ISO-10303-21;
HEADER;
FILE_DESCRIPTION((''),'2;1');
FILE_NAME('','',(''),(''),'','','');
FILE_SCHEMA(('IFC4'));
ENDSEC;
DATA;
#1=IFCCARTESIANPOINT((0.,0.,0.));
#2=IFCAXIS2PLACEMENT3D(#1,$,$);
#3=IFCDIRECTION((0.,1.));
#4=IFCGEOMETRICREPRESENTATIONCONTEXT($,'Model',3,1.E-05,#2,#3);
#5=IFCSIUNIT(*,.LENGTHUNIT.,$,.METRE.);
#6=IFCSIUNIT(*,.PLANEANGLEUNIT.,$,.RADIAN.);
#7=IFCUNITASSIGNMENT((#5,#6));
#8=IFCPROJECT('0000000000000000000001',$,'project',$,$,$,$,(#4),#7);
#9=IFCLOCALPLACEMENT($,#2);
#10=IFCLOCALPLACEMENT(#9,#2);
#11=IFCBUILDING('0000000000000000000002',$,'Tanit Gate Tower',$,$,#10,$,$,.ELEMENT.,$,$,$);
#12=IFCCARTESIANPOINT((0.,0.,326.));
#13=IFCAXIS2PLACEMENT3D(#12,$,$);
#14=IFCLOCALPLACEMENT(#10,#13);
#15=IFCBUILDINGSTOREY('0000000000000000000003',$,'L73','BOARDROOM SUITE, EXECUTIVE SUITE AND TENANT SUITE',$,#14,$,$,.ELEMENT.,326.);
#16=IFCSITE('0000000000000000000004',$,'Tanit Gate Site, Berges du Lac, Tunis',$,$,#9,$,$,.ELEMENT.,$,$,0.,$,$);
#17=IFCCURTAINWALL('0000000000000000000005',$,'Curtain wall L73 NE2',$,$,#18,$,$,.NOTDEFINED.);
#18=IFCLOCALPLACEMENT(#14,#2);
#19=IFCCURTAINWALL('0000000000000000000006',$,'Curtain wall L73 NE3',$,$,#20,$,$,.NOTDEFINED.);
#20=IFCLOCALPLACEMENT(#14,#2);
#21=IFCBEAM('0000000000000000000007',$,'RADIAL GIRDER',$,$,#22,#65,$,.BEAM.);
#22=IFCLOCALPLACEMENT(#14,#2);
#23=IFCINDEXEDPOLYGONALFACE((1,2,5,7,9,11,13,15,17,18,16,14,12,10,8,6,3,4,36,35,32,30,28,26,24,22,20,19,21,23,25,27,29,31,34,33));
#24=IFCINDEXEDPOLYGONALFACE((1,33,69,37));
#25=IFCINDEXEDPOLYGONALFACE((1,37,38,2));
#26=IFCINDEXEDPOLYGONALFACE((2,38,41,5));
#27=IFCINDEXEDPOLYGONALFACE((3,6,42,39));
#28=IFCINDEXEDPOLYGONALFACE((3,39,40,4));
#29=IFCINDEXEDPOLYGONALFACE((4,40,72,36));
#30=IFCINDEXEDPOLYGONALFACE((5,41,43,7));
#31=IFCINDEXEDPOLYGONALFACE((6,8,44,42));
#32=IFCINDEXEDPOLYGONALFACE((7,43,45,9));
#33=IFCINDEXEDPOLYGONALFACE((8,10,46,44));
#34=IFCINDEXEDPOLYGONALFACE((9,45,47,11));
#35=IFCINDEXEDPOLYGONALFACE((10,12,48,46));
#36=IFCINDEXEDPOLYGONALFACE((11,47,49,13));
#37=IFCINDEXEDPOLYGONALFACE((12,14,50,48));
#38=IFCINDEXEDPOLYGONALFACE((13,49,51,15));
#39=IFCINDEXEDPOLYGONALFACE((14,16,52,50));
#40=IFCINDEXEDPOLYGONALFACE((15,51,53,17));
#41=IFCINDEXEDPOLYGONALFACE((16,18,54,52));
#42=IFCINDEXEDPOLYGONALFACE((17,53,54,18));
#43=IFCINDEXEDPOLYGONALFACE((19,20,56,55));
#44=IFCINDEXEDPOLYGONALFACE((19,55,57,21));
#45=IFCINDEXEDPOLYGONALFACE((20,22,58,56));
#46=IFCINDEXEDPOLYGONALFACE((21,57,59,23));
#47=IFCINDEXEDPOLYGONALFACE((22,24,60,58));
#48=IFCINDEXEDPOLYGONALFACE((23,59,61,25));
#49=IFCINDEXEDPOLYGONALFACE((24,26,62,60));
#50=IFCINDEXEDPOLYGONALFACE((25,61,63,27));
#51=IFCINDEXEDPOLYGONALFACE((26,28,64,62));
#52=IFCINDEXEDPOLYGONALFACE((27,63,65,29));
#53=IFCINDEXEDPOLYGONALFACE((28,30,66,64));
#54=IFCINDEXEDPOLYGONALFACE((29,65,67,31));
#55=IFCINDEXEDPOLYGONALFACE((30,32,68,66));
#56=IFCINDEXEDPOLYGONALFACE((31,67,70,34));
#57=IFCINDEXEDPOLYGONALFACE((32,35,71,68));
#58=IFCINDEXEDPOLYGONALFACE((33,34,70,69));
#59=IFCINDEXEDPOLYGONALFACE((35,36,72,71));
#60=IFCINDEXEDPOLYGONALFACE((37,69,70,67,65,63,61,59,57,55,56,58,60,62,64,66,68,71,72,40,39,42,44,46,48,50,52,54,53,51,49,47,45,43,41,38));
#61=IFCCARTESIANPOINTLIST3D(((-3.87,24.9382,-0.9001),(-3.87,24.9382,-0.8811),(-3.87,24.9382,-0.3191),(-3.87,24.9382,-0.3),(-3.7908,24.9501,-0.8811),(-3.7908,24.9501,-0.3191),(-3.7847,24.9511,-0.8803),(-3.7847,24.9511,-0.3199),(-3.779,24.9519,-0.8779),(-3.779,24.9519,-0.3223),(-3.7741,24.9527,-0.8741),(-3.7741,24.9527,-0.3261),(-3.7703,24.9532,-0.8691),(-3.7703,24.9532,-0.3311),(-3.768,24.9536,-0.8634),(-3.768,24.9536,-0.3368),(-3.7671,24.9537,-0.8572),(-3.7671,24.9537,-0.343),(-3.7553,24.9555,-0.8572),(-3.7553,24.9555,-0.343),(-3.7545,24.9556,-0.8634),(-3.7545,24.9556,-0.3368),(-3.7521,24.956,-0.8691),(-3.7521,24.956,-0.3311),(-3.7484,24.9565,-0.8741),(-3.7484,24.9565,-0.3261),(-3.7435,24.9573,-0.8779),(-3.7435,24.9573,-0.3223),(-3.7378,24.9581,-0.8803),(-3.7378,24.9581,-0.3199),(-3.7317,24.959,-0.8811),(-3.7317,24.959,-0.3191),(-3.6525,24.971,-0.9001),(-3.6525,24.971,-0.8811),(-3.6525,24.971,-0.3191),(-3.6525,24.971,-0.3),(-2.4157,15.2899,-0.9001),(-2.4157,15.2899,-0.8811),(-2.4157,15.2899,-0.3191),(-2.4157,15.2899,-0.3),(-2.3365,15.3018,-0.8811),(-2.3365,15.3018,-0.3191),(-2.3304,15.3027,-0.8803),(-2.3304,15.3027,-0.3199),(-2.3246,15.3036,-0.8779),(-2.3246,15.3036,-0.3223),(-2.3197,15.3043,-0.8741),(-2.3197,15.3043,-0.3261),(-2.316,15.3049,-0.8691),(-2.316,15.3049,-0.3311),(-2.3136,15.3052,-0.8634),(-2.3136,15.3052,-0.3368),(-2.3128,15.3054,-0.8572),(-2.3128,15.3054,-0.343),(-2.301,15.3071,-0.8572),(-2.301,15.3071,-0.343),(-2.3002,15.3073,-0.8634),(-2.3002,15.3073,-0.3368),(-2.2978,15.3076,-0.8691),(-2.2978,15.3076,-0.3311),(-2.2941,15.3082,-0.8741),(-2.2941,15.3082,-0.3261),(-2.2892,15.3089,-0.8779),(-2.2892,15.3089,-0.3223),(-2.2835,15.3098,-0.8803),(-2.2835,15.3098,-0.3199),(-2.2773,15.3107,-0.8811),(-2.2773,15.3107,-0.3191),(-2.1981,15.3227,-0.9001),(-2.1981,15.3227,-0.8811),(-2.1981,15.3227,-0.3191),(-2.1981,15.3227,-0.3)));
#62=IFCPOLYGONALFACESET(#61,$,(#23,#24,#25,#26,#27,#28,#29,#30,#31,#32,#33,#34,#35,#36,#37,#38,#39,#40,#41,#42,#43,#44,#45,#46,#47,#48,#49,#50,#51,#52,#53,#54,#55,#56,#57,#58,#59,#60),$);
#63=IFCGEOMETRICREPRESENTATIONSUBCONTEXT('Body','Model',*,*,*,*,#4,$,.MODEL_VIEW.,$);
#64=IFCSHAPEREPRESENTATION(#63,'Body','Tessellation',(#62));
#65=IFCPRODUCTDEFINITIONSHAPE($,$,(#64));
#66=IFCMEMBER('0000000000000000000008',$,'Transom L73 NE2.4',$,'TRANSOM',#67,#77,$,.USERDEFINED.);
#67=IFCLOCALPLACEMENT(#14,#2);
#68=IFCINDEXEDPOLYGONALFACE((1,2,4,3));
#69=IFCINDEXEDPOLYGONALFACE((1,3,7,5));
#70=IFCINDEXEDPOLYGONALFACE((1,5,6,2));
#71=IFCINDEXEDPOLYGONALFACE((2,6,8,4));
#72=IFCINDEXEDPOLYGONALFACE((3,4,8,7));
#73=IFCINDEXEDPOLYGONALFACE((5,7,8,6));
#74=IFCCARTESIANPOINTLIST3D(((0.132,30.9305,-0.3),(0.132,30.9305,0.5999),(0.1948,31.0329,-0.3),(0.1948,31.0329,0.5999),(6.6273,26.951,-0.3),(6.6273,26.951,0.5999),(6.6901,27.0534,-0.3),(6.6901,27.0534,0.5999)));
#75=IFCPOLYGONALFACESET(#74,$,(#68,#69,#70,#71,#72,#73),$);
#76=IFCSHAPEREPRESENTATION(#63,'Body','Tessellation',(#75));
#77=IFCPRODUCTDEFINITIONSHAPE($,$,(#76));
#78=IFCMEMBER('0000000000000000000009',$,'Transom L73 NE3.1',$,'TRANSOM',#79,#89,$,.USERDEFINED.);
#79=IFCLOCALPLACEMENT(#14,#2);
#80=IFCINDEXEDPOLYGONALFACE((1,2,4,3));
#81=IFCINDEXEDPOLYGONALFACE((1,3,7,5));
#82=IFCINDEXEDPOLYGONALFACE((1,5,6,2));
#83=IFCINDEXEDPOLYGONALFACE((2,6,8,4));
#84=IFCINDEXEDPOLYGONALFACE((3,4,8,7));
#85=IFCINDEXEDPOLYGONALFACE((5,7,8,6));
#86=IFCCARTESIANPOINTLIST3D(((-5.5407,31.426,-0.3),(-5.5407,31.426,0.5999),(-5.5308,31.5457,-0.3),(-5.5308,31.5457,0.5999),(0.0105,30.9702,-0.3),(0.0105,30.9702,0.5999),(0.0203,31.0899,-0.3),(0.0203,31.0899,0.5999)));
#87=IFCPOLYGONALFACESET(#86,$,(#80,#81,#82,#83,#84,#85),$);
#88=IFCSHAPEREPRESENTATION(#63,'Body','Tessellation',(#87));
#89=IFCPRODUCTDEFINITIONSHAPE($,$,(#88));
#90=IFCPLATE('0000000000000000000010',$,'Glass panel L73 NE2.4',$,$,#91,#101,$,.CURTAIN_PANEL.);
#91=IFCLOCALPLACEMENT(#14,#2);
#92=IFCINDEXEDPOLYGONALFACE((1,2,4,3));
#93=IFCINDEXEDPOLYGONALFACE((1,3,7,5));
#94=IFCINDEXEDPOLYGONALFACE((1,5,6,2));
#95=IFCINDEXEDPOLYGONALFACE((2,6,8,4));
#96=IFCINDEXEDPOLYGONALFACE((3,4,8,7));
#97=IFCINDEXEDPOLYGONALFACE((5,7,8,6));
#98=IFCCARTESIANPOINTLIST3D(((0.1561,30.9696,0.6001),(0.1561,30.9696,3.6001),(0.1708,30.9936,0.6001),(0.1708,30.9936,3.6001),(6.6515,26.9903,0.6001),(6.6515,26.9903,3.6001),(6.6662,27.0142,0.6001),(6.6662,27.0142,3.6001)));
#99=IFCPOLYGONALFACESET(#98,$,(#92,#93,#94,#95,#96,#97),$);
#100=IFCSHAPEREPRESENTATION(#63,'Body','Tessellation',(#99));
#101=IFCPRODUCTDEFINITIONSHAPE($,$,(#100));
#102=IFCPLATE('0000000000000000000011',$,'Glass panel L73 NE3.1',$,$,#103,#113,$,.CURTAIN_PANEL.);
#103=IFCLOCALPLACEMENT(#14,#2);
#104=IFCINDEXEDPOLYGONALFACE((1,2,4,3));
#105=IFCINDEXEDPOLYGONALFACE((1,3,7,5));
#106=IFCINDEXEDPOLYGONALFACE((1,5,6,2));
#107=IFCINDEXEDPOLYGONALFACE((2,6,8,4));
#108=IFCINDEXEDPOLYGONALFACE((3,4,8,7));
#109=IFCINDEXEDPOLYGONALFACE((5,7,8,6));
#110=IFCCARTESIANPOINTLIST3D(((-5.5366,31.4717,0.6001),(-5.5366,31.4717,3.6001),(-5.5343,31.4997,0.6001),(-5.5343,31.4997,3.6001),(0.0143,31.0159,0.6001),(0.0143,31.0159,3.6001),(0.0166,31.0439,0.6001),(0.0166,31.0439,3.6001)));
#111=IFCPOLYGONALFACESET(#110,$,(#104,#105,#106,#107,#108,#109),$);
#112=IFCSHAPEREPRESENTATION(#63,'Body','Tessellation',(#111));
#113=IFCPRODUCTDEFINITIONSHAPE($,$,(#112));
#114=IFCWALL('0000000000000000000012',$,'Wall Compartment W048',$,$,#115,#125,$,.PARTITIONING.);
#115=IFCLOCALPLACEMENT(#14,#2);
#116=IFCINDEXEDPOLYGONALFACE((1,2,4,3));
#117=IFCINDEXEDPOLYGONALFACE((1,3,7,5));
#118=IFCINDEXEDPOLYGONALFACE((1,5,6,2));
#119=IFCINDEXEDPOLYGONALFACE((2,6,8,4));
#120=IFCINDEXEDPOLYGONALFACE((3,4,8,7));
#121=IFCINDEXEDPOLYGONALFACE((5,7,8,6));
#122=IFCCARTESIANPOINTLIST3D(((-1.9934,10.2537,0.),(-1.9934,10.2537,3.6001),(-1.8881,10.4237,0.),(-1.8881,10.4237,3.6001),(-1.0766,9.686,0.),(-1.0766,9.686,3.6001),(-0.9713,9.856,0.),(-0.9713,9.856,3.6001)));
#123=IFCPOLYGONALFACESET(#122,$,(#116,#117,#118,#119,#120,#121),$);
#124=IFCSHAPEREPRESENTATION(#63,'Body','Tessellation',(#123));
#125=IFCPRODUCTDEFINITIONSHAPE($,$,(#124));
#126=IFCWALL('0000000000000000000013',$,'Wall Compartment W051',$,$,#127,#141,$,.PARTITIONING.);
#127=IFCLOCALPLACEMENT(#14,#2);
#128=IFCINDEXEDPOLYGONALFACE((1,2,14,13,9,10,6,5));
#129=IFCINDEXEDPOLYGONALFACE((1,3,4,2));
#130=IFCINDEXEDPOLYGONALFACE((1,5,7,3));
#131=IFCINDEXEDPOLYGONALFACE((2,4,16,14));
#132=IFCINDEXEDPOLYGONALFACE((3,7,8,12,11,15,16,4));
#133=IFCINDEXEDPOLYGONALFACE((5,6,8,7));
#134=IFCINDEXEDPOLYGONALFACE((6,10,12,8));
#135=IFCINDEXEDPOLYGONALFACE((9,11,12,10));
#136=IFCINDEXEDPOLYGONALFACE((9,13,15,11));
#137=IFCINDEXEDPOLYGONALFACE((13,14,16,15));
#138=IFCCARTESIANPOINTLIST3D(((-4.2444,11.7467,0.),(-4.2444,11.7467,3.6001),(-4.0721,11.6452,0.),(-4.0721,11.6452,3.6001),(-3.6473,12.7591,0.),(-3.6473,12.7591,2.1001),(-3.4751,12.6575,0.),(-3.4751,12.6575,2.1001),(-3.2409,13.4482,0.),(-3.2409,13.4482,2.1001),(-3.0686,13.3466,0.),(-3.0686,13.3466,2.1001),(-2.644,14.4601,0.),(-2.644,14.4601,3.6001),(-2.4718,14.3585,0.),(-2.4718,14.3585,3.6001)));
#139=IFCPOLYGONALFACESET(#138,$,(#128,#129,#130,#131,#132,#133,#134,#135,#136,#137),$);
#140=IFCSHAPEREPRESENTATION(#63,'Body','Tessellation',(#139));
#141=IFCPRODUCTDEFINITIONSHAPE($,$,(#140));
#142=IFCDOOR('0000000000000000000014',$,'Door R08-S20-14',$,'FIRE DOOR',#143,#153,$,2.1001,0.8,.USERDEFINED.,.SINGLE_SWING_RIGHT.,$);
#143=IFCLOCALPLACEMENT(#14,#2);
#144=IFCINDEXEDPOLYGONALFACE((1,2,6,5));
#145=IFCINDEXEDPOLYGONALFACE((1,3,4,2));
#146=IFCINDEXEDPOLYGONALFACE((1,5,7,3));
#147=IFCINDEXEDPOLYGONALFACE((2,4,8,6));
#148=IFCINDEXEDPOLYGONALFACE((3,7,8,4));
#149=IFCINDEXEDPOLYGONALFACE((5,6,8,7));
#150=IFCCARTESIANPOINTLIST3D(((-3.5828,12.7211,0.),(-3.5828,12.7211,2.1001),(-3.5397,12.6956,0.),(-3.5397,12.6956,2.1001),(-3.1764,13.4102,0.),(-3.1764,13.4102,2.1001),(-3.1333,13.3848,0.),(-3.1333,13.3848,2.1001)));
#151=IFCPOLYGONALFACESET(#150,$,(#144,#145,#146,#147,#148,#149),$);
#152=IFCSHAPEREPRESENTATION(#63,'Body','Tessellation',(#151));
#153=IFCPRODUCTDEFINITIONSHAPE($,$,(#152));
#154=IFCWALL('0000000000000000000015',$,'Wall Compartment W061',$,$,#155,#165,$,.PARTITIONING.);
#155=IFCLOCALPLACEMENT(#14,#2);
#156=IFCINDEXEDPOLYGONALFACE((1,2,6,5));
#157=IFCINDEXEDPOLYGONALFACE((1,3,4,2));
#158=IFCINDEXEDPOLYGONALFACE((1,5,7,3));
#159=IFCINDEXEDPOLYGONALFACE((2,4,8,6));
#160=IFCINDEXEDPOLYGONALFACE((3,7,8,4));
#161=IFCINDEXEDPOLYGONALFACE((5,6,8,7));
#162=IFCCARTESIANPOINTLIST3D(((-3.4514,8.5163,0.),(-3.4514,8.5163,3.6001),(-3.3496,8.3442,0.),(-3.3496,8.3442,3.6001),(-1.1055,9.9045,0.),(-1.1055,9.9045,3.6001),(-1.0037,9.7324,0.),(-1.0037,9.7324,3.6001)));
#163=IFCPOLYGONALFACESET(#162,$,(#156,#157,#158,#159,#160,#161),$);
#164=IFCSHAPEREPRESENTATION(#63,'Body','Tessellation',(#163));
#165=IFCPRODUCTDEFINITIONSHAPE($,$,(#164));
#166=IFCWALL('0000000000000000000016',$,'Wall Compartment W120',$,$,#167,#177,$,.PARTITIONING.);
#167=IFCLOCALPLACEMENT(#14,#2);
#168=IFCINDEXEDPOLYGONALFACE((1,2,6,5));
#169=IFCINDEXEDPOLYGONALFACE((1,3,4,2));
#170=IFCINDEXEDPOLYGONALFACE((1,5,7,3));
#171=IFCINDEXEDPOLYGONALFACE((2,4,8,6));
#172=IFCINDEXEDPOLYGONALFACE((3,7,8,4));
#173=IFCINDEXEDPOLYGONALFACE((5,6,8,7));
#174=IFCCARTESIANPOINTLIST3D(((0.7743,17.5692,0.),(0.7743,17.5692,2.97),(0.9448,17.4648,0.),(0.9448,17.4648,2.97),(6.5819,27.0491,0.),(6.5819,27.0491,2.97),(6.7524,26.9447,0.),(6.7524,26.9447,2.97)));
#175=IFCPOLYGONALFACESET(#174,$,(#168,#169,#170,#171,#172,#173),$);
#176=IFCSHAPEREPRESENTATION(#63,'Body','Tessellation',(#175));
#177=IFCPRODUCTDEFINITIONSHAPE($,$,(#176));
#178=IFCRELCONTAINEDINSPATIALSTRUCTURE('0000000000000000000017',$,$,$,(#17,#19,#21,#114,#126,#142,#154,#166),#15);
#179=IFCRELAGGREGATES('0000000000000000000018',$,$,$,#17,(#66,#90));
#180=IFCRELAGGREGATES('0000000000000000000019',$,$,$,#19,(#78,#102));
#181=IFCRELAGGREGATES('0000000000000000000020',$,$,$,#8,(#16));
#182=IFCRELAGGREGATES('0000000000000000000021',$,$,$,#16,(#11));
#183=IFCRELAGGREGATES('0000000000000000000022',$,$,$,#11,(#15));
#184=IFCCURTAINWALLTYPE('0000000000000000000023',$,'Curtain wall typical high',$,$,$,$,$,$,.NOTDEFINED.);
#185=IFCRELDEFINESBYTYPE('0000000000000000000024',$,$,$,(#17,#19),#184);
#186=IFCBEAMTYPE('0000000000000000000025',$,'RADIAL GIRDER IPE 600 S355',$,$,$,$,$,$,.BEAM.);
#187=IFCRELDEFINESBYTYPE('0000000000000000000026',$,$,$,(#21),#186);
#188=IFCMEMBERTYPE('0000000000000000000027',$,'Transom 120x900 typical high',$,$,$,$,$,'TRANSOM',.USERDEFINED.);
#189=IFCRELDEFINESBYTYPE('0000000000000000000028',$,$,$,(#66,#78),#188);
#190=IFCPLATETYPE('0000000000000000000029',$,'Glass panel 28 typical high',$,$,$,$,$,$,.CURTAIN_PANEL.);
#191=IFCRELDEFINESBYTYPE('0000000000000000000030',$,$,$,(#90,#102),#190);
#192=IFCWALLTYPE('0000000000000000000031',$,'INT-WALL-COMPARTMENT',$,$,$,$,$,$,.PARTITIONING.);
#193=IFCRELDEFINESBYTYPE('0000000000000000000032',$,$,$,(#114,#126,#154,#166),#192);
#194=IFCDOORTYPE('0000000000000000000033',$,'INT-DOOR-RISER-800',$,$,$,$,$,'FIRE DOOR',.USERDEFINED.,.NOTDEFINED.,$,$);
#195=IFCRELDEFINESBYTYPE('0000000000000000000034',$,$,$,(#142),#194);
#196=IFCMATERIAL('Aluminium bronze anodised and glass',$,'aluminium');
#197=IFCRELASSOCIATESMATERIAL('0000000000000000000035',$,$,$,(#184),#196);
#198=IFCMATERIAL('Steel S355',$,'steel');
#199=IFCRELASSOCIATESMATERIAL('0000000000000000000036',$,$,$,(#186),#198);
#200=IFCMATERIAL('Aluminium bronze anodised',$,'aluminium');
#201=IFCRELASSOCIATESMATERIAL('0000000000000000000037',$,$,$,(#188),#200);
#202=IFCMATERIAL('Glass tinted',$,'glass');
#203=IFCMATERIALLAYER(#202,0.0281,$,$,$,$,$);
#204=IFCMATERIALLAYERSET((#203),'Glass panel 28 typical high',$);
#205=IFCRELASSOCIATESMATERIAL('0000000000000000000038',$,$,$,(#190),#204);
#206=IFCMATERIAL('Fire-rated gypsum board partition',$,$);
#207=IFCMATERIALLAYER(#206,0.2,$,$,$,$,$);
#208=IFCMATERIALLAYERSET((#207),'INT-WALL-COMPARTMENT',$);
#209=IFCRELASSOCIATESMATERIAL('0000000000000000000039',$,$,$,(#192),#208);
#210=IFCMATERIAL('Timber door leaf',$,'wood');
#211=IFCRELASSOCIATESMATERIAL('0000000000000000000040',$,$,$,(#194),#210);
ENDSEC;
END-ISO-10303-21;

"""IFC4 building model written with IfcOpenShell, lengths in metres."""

from ifc_helpers import new_model, si_unit, direction, frame, frame_2d, origin, origin_2d, place, context, subcontext, project, spatial, rectangle, i_section, extrude, material, layer, layer_set, material_profile, profile_set, type_object, element, fill, aggregate, save


model = new_model("IFC4")

# Units and contexts
model_context = context("Model", 3, precision=1e-05, world=origin(), true_north=direction((0.0, 1.0)))
body_context = subcontext(model_context, "Body", "Model", "MODEL_VIEW")
ifc_project = project(units=[si_unit("LENGTHUNIT", "METRE"), si_unit("PLANEANGLEUNIT", "RADIAN")], contexts=[model_context])

# Site, building, storey
site_placement = place(None, origin())
site = spatial("IfcSite", under=ifc_project, at=site_placement, Name="Tanit Gate Site, Berges du Lac, Tunis", CompositionType="ELEMENT", RefElevation=0.0)
building_placement = place(site_placement, origin())
building = spatial("IfcBuilding", under=site, at=building_placement, Name="Tanit Gate Tower", CompositionType="ELEMENT")
storey_placement = place(building_placement, frame((0.0, 0.0, 326.0)))
storey = spatial("IfcBuildingStorey", under=building, at=storey_placement, Name="L73", Description="BOARDROOM SUITE, EXECUTIVE SUITE AND TENANT SUITE", CompositionType="ELEMENT", Elevation=326.0)

# Curtain walls
ifc_material_1 = material(Name="Aluminium bronze anodised and glass", Category="aluminium")
curtain_wall_type = type_object("IfcCurtainWallType", Name="Curtain wall typical high", PredefinedType="NOTDEFINED", material=ifc_material_1)
curtain_wall_1_placement = place(storey_placement, origin())
curtain_wall_1 = element("IfcCurtainWall", 1, at=curtain_wall_1_placement, inside=storey, type_object=curtain_wall_type, Name="Curtain wall L73 NE2", PredefinedType="NOTDEFINED")
curtain_wall_2_placement = place(storey_placement, origin())
curtain_wall_2 = element("IfcCurtainWall", 2, at=curtain_wall_2_placement, inside=storey, type_object=curtain_wall_type, Name="Curtain wall L73 NE3", PredefinedType="NOTDEFINED")

# Beam
ifc_material_2 = material(Name="Steel S355", Category="steel")
ifc_material_profile_1 = material_profile(ifc_material_2, i_section(OverallWidth=0.22, OverallDepth=0.6001, WebThickness=0.012, FlangeThickness=0.019, FilletRadius=0.0239, at=origin_2d()), Name="IPE 600")
ifc_profile_set_1 = profile_set([ifc_material_profile_1], Name="Steel S355")
beam_type_1 = type_object("IfcBeamType", Name="RADIAL GIRDER IPE 600 S355", PredefinedType="BEAM", material=ifc_profile_set_1)
beam_1_placement = place(storey_placement, frame((-3.7612, 24.9546, -0.6001), z_axis=(0.14905, -0.98883, 0.0), x_axis=(0.98883, 0.14905, 0.0)))
element("IfcBeam", 3, at=beam_1_placement, inside=storey, type_object=beam_type_1, Name="RADIAL GIRDER", PredefinedType="BEAM", context=body_context, shape_type="SweptSolid", body=[
    extrude(i_section(OverallWidth=0.22, OverallDepth=0.6001, WebThickness=0.012, FlangeThickness=0.019, FilletRadius=0.0239, at=origin_2d()), origin(), (0.0, 0.0, 1.0), 9.7573),
])

# Members
ifc_material_3 = material(Name="Aluminium bronze anodised", Category="aluminium")
ifc_material_profile_2 = material_profile(ifc_material_3, rectangle(XDim=0.1201, YDim=0.8999, at=origin_2d()), Name="120x900 bronze transom")
ifc_profile_set_2 = profile_set([ifc_material_profile_2], Name="Aluminium bronze anodised")
member_type_1 = type_object("IfcMemberType", Name="Transom 120x900 typical high", ElementType="TRANSOM", PredefinedType="USERDEFINED", material=ifc_profile_set_2)
member_1_placement = place(storey_placement, frame((6.6587, 27.0022, 0.1499), z_axis=(-0.852691, 0.522415, 0.0), x_axis=(-0.522415, -0.852691, 0.0)))
member_1 = element("IfcMember", 4, at=member_1_placement, type_object=member_type_1, Name="Transom L73 NE2.4", ObjectType="TRANSOM", PredefinedType="USERDEFINED", context=body_context, shape_type="SweptSolid", body=[
    extrude(rectangle(XDim=0.1201, YDim=0.8999, at=origin_2d()), origin(), (0.0, 0.0, 1.0), 7.6174),
])
member_2_placement = place(storey_placement, frame((0.0154, 31.03, 0.1499), z_axis=(-0.996646, 0.081837, 0.0), x_axis=(-0.081837, -0.996646, 0.0)))
member_2 = element("IfcMember", 5, at=member_2_placement, type_object=member_type_1, Name="Transom L73 NE3.1", ObjectType="TRANSOM", PredefinedType="USERDEFINED", context=body_context, shape_type="SweptSolid", body=[
    extrude(rectangle(XDim=0.1201, YDim=0.8999, at=origin_2d()), origin(), (0.0, 0.0, 1.0), 5.5698),
])

# Plates
ifc_material_4 = material(Name="Glass tinted", Category="glass")
ifc_layer_1 = layer(ifc_material_4, 0.0281)
ifc_layer_set_1 = layer_set([ifc_layer_1], Name="Glass panel 28 typical high")
plate_type = type_object("IfcPlateType", Name="Glass panel 28 typical high", PredefinedType="CURTAIN_PANEL", material=ifc_layer_set_1)
plate_1_placement = place(storey_placement, frame((3.4111, 28.9919, 0.6001), z_axis=(0.0, 0.0, 1.0), x_axis=(-0.8527, 0.522401, 0.0)))
plate_1 = element("IfcPlate", 6, at=plate_1_placement, type_object=plate_type, Name="Glass panel L73 NE2.4", PredefinedType="CURTAIN_PANEL", context=body_context, shape_type="SweptSolid", body=[
    extrude(rectangle(XDim=7.6174, YDim=0.0281, at=origin_2d()), origin(), (0.0, 0.0, 1.0), 3.0),
])
aggregate(curtain_wall_1, [member_1, plate_1])
plate_2_placement = place(storey_placement, frame((-2.76, 31.2578, 0.6001), z_axis=(0.0, 0.0, 1.0), x_axis=(-0.996646, 0.08183, 0.0)))
plate_2 = element("IfcPlate", 7, at=plate_2_placement, type_object=plate_type, Name="Glass panel L73 NE3.1", PredefinedType="CURTAIN_PANEL", context=body_context, shape_type="SweptSolid", body=[
    extrude(rectangle(XDim=5.5696, YDim=0.0281, at=origin_2d()), origin(), (0.0, 0.0, 1.0), 3.0),
])
aggregate(curtain_wall_2, [member_2, plate_2])

# Wall
ifc_material_5 = material(Name="Fire-rated gypsum board partition")
ifc_layer_2 = layer(ifc_material_5, 0.2)
ifc_layer_set_2 = layer_set([ifc_layer_2], Name="INT-WALL-COMPARTMENT")
wall_type_1 = type_object("IfcWallType", Name="INT-WALL-COMPARTMENT", PredefinedType="PARTITIONING", material=ifc_layer_set_2)
wall_1_placement = place(storey_placement, frame((-1.9407, 10.3386, 0.0), z_axis=(0.0, 0.0, 1.0), x_axis=(0.850217, -0.526433, 0.0)))
element("IfcWall", 8, at=wall_1_placement, inside=storey, type_object=wall_type_1, Name="Wall Compartment W048", PredefinedType="PARTITIONING", context=body_context, shape_type="SweptSolid", body=[
    extrude(rectangle(XDim=1.0784, YDim=0.2, at=frame_2d((0.5391, 0.0))), origin(), (0.0, 0.0, 1.0), 3.6001),
])

# Wall, opening, door
wall_2_placement = place(storey_placement, frame((-2.5579, 14.4094, 0.0), z_axis=(0.0, 0.0, 1.0), x_axis=(-0.508019, -0.861346, 0.0)))
wall_2 = element("IfcWall", 9, at=wall_2_placement, inside=storey, type_object=wall_type_1, Name="Wall Compartment W051", PredefinedType="PARTITIONING", context=body_context, shape_type="SweptSolid", body=[
    extrude(rectangle(XDim=3.1501, YDim=0.2, at=frame_2d((1.5752, 0.0))), origin(), (0.0, 0.0, 1.0), 3.6001),
])
opening_1_placement = place(wall_2_placement, frame((1.175, 0.0, 0.0)))
opening_1 = element("IfcOpeningElement", 10, at=opening_1_placement, cuts=wall_2, PredefinedType="OPENING", context=body_context, shape_type="SweptSolid", body=[
    extrude(rectangle(XDim=0.8, YDim=2.1001, at=frame_2d((0.3999, 1.05))), frame((0.0, 0.1099, 0.0), z_axis=(0.0, -1.0, 0.0), x_axis=(1.0, 0.0, 0.0)), (0.0, 0.0, 1.0), 0.22),
])
ifc_material_6 = material(Name="Timber door leaf", Category="wood")
door_type = type_object("IfcDoorType", Name="INT-DOOR-RISER-800", ElementType="FIRE DOOR", OperationType="NOTDEFINED", PredefinedType="USERDEFINED", material=ifc_material_6)
door_1_placement = place(opening_1_placement, origin())
door_1 = element("IfcDoor", 11, at=door_1_placement, inside=storey, type_object=door_type, Name="Door R08-S20-14", ObjectType="FIRE DOOR", OperationType="SINGLE_SWING_RIGHT", OverallHeight=2.1001, OverallWidth=0.8, PredefinedType="USERDEFINED", context=body_context, shape_type="SweptSolid", body=[
    extrude(rectangle(XDim=0.8, YDim=2.1001, at=frame_2d((0.3999, 1.05))), frame((0.0, 0.0249, 0.0), z_axis=(0.0, -1.0, 0.0), x_axis=(1.0, 0.0, 0.0)), (0.0, 0.0, 1.0), 0.05),
])
fill(opening_1, door_1)

# Walls
wall_3_placement = place(storey_placement, frame((-1.0547, 9.8184, 0.0), z_axis=(0.0, 0.0, 1.0), x_axis=(-0.860614, -0.509257, 0.0)))
element("IfcWall", 12, at=wall_3_placement, inside=storey, type_object=wall_type_1, Name="Wall Compartment W061", PredefinedType="PARTITIONING", context=body_context, shape_type="SweptSolid", body=[
    extrude(rectangle(XDim=2.7258, YDim=0.2, at=frame_2d((1.3628, 0.0))), origin(), (0.0, 0.0, 1.0), 3.6001),
])
wall_4_placement = place(storey_placement, frame((0.8596, 17.5171, 0.0), z_axis=(0.0, 0.0, 1.0), x_axis=(0.522386, 0.852709, 0.0)))
element("IfcWall", 13, at=wall_4_placement, inside=storey, type_object=wall_type_1, Name="Wall Compartment W120", PredefinedType="PARTITIONING", context=body_context, shape_type="SweptSolid", body=[
    extrude(rectangle(XDim=11.1174, YDim=0.2, at=frame_2d((5.5586, 0.0))), origin(), (0.0, 0.0, 1.0), 2.97),
])

save(model, "model.ifc")
